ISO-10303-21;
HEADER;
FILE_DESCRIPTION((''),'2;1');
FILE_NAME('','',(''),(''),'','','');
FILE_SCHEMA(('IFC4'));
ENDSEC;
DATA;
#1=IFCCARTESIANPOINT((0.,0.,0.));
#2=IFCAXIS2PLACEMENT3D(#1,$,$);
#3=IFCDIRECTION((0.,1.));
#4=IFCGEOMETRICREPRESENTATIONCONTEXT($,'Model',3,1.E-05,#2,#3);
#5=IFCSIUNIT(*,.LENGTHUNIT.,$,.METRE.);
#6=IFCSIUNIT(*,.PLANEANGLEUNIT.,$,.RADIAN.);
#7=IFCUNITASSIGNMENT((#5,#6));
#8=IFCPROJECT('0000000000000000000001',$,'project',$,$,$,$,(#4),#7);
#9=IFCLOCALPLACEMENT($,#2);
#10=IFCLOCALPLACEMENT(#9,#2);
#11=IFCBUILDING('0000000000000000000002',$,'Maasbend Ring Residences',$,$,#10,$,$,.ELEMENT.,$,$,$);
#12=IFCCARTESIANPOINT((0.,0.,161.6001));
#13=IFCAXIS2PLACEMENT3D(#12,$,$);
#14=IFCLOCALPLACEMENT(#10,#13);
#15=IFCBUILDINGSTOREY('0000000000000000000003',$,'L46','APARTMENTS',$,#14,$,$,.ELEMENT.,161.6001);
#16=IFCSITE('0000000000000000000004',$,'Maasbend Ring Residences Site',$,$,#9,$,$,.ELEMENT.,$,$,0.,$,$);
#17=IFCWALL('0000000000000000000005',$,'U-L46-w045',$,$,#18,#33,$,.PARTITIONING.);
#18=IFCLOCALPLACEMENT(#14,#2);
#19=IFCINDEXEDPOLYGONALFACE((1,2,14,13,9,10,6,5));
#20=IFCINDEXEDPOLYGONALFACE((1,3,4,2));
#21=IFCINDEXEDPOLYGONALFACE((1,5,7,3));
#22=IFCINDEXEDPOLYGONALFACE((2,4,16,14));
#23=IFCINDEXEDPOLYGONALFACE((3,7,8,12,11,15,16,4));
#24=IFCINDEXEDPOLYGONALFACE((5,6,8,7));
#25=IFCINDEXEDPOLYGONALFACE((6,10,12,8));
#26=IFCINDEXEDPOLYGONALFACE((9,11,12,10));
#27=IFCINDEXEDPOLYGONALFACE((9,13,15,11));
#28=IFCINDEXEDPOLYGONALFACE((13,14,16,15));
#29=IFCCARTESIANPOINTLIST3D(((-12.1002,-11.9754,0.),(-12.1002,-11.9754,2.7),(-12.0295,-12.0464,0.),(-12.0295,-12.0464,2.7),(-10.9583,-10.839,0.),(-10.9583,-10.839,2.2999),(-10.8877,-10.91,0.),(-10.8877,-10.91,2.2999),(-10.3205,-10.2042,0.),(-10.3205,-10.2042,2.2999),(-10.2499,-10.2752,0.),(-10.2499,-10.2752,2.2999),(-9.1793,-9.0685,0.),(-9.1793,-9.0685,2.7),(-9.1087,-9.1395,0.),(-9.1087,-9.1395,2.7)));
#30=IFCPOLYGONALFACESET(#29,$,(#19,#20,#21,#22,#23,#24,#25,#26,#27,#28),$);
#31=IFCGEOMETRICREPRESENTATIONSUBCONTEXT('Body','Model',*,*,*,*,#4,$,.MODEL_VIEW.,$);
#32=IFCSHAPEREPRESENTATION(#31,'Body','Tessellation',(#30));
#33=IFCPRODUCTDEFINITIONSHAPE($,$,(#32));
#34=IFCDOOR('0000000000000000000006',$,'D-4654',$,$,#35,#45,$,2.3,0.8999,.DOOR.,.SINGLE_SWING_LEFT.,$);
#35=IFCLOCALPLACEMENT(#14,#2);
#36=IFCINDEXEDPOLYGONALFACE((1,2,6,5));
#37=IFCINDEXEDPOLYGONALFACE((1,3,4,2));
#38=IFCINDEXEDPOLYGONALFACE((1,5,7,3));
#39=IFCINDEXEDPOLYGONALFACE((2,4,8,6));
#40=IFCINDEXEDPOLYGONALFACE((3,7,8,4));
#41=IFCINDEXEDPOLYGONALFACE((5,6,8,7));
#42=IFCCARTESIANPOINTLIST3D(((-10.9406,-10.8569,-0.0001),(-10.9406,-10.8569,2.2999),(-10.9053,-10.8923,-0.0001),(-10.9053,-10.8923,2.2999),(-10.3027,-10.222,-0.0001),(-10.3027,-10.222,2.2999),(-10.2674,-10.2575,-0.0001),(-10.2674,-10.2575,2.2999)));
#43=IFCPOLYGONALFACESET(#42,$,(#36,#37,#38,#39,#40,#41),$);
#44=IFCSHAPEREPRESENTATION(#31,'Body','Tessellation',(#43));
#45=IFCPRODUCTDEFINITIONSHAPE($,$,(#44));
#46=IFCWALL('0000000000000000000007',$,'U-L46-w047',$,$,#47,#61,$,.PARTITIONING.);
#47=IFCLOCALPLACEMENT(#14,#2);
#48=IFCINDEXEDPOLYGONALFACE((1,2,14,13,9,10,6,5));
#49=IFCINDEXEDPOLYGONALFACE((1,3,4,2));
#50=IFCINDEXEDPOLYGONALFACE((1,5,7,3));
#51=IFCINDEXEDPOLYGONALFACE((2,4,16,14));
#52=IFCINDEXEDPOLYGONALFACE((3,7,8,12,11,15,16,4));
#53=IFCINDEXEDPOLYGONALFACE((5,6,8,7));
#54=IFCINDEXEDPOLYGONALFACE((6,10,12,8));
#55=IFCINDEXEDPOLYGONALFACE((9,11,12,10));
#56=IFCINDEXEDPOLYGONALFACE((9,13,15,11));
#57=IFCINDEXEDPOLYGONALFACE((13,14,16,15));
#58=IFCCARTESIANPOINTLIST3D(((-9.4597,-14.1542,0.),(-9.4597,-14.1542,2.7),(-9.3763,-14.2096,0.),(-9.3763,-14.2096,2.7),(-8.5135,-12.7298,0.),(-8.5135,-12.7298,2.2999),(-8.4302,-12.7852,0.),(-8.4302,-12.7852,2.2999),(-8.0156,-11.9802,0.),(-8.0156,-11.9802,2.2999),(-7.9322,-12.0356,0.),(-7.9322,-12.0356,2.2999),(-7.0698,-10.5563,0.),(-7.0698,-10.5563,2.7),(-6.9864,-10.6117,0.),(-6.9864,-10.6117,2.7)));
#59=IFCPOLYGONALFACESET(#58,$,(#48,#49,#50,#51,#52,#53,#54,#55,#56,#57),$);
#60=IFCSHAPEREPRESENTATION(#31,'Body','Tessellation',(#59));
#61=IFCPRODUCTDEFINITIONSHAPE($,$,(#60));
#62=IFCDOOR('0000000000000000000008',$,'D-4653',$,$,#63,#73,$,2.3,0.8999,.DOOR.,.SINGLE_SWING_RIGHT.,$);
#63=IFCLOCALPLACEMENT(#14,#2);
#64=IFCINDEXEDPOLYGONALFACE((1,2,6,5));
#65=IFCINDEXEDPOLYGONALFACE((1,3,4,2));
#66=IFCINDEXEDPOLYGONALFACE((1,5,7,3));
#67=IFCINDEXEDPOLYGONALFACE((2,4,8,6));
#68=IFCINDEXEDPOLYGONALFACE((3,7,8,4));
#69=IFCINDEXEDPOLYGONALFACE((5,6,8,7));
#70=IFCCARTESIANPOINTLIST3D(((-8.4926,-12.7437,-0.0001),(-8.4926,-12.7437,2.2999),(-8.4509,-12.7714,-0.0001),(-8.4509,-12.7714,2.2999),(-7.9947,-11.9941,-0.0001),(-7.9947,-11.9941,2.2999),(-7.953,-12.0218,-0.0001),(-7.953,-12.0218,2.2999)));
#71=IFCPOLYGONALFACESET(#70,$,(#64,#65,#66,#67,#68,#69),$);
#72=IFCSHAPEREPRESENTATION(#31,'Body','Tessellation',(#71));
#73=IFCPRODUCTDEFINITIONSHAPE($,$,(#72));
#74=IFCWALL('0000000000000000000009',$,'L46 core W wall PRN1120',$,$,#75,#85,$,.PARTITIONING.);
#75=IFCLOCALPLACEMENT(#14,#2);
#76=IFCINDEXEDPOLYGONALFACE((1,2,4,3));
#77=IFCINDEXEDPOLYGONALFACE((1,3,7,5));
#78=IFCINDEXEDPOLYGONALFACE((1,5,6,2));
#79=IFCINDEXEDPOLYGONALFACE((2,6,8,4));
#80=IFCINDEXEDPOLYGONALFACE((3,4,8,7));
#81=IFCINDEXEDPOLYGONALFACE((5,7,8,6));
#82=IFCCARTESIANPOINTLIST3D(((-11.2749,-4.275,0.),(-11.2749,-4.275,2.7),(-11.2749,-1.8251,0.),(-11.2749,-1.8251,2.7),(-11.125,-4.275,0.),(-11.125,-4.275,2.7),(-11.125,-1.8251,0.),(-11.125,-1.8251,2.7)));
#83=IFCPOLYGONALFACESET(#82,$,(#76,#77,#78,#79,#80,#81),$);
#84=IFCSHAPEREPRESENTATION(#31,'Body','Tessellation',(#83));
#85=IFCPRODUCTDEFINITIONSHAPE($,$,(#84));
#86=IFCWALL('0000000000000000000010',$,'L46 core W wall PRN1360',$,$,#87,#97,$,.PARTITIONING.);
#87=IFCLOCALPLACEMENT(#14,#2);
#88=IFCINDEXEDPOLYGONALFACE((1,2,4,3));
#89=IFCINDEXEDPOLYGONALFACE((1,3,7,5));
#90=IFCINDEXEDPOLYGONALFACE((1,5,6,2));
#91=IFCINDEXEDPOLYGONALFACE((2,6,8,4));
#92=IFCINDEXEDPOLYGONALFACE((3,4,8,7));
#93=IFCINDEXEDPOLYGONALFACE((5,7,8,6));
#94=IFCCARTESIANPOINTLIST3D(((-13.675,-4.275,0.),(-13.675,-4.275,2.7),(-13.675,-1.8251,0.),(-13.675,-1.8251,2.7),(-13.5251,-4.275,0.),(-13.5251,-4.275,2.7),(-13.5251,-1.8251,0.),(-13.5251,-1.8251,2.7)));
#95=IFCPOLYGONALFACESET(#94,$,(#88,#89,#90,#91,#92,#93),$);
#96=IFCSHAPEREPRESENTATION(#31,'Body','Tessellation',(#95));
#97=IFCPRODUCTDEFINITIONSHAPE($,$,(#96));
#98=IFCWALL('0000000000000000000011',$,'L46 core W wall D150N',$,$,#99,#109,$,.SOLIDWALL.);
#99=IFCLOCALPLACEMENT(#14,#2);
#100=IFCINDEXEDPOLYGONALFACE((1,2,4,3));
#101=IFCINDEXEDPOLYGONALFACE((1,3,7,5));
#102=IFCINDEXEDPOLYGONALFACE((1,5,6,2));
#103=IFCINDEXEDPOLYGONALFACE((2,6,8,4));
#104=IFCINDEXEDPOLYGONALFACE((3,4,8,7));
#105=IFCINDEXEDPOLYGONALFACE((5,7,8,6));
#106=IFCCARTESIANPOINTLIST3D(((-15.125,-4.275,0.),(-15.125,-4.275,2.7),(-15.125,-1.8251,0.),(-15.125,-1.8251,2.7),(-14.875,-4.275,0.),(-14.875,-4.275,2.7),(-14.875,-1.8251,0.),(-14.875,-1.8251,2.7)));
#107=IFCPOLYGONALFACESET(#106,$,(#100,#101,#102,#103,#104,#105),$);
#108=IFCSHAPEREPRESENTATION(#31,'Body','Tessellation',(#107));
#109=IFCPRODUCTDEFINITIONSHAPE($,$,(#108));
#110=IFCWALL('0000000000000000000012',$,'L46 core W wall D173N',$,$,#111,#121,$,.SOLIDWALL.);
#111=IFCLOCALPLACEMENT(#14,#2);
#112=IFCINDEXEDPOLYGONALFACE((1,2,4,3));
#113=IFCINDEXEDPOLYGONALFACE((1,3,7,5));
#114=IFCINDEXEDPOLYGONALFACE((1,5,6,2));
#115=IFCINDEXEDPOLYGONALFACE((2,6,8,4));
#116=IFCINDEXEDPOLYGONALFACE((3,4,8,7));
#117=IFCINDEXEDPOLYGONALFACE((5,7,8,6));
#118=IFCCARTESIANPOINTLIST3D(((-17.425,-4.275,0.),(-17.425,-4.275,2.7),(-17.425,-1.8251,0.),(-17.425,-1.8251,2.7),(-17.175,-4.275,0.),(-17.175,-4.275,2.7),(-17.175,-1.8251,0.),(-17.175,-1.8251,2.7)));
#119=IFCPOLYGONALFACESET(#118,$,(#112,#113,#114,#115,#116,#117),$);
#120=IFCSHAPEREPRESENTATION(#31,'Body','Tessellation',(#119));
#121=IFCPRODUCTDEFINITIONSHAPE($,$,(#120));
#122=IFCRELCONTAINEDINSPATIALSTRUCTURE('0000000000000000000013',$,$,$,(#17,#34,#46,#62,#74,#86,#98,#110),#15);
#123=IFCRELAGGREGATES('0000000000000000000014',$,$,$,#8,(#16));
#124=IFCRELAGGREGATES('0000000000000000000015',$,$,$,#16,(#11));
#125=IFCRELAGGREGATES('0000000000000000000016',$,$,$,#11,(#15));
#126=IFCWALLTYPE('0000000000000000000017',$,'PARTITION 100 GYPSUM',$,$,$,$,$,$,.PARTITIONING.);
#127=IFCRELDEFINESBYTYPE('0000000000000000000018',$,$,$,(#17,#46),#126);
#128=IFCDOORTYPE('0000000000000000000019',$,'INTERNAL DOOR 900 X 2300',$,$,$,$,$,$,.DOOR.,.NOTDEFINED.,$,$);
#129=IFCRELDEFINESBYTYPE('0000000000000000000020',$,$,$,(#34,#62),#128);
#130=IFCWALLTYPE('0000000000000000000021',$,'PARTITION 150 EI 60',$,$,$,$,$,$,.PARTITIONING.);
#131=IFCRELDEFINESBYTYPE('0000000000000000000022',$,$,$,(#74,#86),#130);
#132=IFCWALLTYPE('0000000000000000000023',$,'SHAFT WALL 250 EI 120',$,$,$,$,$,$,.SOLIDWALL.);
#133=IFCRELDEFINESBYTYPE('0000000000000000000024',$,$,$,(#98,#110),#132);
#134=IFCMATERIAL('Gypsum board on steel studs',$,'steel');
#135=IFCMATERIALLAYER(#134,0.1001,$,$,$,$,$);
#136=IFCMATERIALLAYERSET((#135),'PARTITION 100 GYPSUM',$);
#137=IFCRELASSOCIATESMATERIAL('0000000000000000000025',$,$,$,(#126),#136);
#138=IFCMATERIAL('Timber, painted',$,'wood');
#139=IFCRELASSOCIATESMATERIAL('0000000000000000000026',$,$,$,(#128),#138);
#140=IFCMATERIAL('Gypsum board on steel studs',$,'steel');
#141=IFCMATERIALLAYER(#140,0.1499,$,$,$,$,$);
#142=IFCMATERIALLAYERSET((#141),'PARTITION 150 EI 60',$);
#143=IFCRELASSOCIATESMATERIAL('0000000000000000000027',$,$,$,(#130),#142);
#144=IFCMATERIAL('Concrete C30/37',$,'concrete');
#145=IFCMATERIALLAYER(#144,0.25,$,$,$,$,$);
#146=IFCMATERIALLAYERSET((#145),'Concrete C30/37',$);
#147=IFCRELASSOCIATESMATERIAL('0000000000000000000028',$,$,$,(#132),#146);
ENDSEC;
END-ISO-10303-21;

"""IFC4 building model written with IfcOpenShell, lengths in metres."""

from ifc_helpers import new_model, si_unit, direction, frame, frame_2d, origin, place, context, subcontext, project, spatial, rectangle, extrude, material, layer, layer_set, type_object, element, fill, save


model = new_model("IFC4")

# Units and contexts
model_context = context("Model", 3, precision=1e-05, world=origin(), true_north=direction((0.0, 1.0)))
body_context = subcontext(model_context, "Body", "Model", "MODEL_VIEW")
ifc_project = project(units=[si_unit("LENGTHUNIT", "METRE"), si_unit("PLANEANGLEUNIT", "RADIAN")], contexts=[model_context])

# Site, building, storey
site_placement = place(None, origin())
site = spatial("IfcSite", under=ifc_project, at=site_placement, Name="Maasbend Ring Residences Site", CompositionType="ELEMENT", RefElevation=0.0)
building_placement = place(site_placement, origin())
building = spatial("IfcBuilding", under=site, at=building_placement, Name="Maasbend Ring Residences", CompositionType="ELEMENT")
storey_placement = place(building_placement, frame((0.0, 0.0, 161.6001)))
storey = spatial("IfcBuildingStorey", under=building, at=storey_placement, Name="L46", Description="APARTMENTS", CompositionType="ELEMENT", Elevation=161.6001)

# Walls, openings, doors
ifc_material_1 = material(Name="Gypsum board on steel studs", Category="steel")
ifc_layer_1 = layer(ifc_material_1, 0.1001)
ifc_layer_set_1 = layer_set([ifc_layer_1], Name="PARTITION 100 GYPSUM")
wall_type_1 = type_object("IfcWallType", Name="PARTITION 100 GYPSUM", PredefinedType="PARTITIONING", material=ifc_layer_set_1)
wall_1_placement = place(storey_placement, frame((-12.0649, -12.011, 0.0), z_axis=(0.0, 0.0, 1.0), x_axis=(0.708793, 0.705416, 0.0)))
wall_1 = element("IfcWall", 1, at=wall_1_placement, inside=storey, type_object=wall_type_1, Name="U-L46-w045", PredefinedType="PARTITIONING", context=body_context, shape_type="SweptSolid", body=[
    extrude(rectangle(XDim=4.1208, YDim=0.1001, at=frame_2d((2.0605, 0.0))), origin(), (0.0, 0.0, 1.0), 2.7),
])
opening_1_placement = place(wall_1_placement, frame((1.6111, 0.0, 0.0)))
opening_1 = element("IfcOpeningElement", 2, at=opening_1_placement, cuts=wall_1, PredefinedType="OPENING", context=body_context, shape_type="SweptSolid", body=[
    extrude(rectangle(XDim=0.8999, YDim=2.3, at=frame_2d((0.45, 1.1499))), frame((0.0, 0.0601, 0.0), z_axis=(0.0, -1.0, 0.0), x_axis=(1.0, 0.0, 0.0)), (0.0, 0.0, 1.0), 0.1201),
])
ifc_material_2 = material(Name="Timber, painted", Category="wood")
door_type_1 = type_object("IfcDoorType", Name="INTERNAL DOOR 900 X 2300", OperationType="NOTDEFINED", PredefinedType="DOOR", material=ifc_material_2)
door_1_placement = place(opening_1_placement, origin())
door_1 = element("IfcDoor", 3, at=door_1_placement, inside=storey, type_object=door_type_1, Name="D-4654", OperationType="SINGLE_SWING_LEFT", OverallHeight=2.3, OverallWidth=0.8999, PredefinedType="DOOR", context=body_context, shape_type="SweptSolid", body=[
    extrude(rectangle(XDim=0.8999, YDim=2.3, at=frame_2d((0.45, 1.1499))), frame((0.0, 0.0249, 0.0), z_axis=(0.0, -1.0, 0.0), x_axis=(1.0, 0.0, 0.0)), (0.0, 0.0, 1.0), 0.05),
])
fill(opening_1, door_1)
wall_2_placement = place(storey_placement, frame((-9.418, -14.1819, 0.0), z_axis=(0.0, 0.0, 1.0), x_axis=(0.553304, 0.83298, 0.0)))
wall_2 = element("IfcWall", 4, at=wall_2_placement, inside=storey, type_object=wall_type_1, Name="U-L46-w047", PredefinedType="PARTITIONING", context=body_context, shape_type="SweptSolid", body=[
    extrude(rectangle(XDim=4.3193, YDim=0.1001, at=frame_2d((2.1597, 0.0))), origin(), (0.0, 0.0, 1.0), 2.7),
])
opening_2_placement = place(wall_2_placement, frame((1.71, 0.0, 0.0)))
opening_2 = element("IfcOpeningElement", 5, at=opening_2_placement, cuts=wall_2, PredefinedType="OPENING", context=body_context, shape_type="SweptSolid", body=[
    extrude(rectangle(XDim=0.8999, YDim=2.3, at=frame_2d((0.45, 1.1499))), frame((0.0, 0.0601, 0.0), z_axis=(0.0, -1.0, 0.0), x_axis=(1.0, 0.0, 0.0)), (0.0, 0.0, 1.0), 0.1201),
])
door_2_placement = place(opening_2_placement, origin())
door_2 = element("IfcDoor", 6, at=door_2_placement, inside=storey, type_object=door_type_1, Name="D-4653", OperationType="SINGLE_SWING_RIGHT", OverallHeight=2.3, OverallWidth=0.8999, PredefinedType="DOOR", context=body_context, shape_type="SweptSolid", body=[
    extrude(rectangle(XDim=0.8999, YDim=2.3, at=frame_2d((0.45, 1.1499))), frame((0.0, 0.0249, 0.0), z_axis=(0.0, -1.0, 0.0), x_axis=(1.0, 0.0, 0.0)), (0.0, 0.0, 1.0), 0.05),
])
fill(opening_2, door_2)

# Walls
ifc_material_3 = material(Name="Gypsum board on steel studs", Category="steel")
ifc_layer_2 = layer(ifc_material_3, 0.1499)
ifc_layer_set_2 = layer_set([ifc_layer_2], Name="PARTITION 150 EI 60")
wall_type_2 = type_object("IfcWallType", Name="PARTITION 150 EI 60", PredefinedType="PARTITIONING", material=ifc_layer_set_2)
for number, where, z_axis, x_axis, name in (
    (7, (-11.2, -1.825, 0.0), (0.0, 0.0, 1.0), (0.0, -1.0, 0.0), "L46 core W wall PRN1120"),
    (8, (-13.6001, -1.825, 0.0), (0.0, 0.0, 1.0), (0.0, -1.0, 0.0), "L46 core W wall PRN1360"),
):
    element("IfcWall", number, at=place(storey_placement, frame(where, z_axis=z_axis, x_axis=x_axis)), inside=storey, type_object=wall_type_2, Name=name, PredefinedType="PARTITIONING", context=body_context, shape_type="SweptSolid", body=[
        extrude(rectangle(XDim=2.45, YDim=0.1499, at=frame_2d((1.2251, 0.0))), origin(), (0.0, 0.0, 1.0), 2.7),
    ])
ifc_material_4 = material(Name="Concrete C30/37", Category="concrete")
ifc_layer_3 = layer(ifc_material_4, 0.25)
ifc_layer_set_3 = layer_set([ifc_layer_3], Name="Concrete C30/37")
wall_type_3 = type_object("IfcWallType", Name="SHAFT WALL 250 EI 120", PredefinedType="SOLIDWALL", material=ifc_layer_set_3)
for number, where, z_axis, x_axis, name in (
    (9, (-15.0, -1.825, 0.0), (0.0, 0.0, 1.0), (0.0, -1.0, 0.0), "L46 core W wall D150N"),
    (10, (-17.3, -1.825, 0.0), (0.0, 0.0, 1.0), (0.0, -1.0, 0.0), "L46 core W wall D173N"),
):
    element("IfcWall", number, at=place(storey_placement, frame(where, z_axis=z_axis, x_axis=x_axis)), inside=storey, type_object=wall_type_3, Name=name, PredefinedType="SOLIDWALL", context=body_context, shape_type="SweptSolid", body=[
        extrude(rectangle(XDim=2.45, YDim=0.25, at=frame_2d((1.2251, 0.0))), origin(), (0.0, 0.0, 1.0), 2.7),
    ])

save(model, "model.ifc")
